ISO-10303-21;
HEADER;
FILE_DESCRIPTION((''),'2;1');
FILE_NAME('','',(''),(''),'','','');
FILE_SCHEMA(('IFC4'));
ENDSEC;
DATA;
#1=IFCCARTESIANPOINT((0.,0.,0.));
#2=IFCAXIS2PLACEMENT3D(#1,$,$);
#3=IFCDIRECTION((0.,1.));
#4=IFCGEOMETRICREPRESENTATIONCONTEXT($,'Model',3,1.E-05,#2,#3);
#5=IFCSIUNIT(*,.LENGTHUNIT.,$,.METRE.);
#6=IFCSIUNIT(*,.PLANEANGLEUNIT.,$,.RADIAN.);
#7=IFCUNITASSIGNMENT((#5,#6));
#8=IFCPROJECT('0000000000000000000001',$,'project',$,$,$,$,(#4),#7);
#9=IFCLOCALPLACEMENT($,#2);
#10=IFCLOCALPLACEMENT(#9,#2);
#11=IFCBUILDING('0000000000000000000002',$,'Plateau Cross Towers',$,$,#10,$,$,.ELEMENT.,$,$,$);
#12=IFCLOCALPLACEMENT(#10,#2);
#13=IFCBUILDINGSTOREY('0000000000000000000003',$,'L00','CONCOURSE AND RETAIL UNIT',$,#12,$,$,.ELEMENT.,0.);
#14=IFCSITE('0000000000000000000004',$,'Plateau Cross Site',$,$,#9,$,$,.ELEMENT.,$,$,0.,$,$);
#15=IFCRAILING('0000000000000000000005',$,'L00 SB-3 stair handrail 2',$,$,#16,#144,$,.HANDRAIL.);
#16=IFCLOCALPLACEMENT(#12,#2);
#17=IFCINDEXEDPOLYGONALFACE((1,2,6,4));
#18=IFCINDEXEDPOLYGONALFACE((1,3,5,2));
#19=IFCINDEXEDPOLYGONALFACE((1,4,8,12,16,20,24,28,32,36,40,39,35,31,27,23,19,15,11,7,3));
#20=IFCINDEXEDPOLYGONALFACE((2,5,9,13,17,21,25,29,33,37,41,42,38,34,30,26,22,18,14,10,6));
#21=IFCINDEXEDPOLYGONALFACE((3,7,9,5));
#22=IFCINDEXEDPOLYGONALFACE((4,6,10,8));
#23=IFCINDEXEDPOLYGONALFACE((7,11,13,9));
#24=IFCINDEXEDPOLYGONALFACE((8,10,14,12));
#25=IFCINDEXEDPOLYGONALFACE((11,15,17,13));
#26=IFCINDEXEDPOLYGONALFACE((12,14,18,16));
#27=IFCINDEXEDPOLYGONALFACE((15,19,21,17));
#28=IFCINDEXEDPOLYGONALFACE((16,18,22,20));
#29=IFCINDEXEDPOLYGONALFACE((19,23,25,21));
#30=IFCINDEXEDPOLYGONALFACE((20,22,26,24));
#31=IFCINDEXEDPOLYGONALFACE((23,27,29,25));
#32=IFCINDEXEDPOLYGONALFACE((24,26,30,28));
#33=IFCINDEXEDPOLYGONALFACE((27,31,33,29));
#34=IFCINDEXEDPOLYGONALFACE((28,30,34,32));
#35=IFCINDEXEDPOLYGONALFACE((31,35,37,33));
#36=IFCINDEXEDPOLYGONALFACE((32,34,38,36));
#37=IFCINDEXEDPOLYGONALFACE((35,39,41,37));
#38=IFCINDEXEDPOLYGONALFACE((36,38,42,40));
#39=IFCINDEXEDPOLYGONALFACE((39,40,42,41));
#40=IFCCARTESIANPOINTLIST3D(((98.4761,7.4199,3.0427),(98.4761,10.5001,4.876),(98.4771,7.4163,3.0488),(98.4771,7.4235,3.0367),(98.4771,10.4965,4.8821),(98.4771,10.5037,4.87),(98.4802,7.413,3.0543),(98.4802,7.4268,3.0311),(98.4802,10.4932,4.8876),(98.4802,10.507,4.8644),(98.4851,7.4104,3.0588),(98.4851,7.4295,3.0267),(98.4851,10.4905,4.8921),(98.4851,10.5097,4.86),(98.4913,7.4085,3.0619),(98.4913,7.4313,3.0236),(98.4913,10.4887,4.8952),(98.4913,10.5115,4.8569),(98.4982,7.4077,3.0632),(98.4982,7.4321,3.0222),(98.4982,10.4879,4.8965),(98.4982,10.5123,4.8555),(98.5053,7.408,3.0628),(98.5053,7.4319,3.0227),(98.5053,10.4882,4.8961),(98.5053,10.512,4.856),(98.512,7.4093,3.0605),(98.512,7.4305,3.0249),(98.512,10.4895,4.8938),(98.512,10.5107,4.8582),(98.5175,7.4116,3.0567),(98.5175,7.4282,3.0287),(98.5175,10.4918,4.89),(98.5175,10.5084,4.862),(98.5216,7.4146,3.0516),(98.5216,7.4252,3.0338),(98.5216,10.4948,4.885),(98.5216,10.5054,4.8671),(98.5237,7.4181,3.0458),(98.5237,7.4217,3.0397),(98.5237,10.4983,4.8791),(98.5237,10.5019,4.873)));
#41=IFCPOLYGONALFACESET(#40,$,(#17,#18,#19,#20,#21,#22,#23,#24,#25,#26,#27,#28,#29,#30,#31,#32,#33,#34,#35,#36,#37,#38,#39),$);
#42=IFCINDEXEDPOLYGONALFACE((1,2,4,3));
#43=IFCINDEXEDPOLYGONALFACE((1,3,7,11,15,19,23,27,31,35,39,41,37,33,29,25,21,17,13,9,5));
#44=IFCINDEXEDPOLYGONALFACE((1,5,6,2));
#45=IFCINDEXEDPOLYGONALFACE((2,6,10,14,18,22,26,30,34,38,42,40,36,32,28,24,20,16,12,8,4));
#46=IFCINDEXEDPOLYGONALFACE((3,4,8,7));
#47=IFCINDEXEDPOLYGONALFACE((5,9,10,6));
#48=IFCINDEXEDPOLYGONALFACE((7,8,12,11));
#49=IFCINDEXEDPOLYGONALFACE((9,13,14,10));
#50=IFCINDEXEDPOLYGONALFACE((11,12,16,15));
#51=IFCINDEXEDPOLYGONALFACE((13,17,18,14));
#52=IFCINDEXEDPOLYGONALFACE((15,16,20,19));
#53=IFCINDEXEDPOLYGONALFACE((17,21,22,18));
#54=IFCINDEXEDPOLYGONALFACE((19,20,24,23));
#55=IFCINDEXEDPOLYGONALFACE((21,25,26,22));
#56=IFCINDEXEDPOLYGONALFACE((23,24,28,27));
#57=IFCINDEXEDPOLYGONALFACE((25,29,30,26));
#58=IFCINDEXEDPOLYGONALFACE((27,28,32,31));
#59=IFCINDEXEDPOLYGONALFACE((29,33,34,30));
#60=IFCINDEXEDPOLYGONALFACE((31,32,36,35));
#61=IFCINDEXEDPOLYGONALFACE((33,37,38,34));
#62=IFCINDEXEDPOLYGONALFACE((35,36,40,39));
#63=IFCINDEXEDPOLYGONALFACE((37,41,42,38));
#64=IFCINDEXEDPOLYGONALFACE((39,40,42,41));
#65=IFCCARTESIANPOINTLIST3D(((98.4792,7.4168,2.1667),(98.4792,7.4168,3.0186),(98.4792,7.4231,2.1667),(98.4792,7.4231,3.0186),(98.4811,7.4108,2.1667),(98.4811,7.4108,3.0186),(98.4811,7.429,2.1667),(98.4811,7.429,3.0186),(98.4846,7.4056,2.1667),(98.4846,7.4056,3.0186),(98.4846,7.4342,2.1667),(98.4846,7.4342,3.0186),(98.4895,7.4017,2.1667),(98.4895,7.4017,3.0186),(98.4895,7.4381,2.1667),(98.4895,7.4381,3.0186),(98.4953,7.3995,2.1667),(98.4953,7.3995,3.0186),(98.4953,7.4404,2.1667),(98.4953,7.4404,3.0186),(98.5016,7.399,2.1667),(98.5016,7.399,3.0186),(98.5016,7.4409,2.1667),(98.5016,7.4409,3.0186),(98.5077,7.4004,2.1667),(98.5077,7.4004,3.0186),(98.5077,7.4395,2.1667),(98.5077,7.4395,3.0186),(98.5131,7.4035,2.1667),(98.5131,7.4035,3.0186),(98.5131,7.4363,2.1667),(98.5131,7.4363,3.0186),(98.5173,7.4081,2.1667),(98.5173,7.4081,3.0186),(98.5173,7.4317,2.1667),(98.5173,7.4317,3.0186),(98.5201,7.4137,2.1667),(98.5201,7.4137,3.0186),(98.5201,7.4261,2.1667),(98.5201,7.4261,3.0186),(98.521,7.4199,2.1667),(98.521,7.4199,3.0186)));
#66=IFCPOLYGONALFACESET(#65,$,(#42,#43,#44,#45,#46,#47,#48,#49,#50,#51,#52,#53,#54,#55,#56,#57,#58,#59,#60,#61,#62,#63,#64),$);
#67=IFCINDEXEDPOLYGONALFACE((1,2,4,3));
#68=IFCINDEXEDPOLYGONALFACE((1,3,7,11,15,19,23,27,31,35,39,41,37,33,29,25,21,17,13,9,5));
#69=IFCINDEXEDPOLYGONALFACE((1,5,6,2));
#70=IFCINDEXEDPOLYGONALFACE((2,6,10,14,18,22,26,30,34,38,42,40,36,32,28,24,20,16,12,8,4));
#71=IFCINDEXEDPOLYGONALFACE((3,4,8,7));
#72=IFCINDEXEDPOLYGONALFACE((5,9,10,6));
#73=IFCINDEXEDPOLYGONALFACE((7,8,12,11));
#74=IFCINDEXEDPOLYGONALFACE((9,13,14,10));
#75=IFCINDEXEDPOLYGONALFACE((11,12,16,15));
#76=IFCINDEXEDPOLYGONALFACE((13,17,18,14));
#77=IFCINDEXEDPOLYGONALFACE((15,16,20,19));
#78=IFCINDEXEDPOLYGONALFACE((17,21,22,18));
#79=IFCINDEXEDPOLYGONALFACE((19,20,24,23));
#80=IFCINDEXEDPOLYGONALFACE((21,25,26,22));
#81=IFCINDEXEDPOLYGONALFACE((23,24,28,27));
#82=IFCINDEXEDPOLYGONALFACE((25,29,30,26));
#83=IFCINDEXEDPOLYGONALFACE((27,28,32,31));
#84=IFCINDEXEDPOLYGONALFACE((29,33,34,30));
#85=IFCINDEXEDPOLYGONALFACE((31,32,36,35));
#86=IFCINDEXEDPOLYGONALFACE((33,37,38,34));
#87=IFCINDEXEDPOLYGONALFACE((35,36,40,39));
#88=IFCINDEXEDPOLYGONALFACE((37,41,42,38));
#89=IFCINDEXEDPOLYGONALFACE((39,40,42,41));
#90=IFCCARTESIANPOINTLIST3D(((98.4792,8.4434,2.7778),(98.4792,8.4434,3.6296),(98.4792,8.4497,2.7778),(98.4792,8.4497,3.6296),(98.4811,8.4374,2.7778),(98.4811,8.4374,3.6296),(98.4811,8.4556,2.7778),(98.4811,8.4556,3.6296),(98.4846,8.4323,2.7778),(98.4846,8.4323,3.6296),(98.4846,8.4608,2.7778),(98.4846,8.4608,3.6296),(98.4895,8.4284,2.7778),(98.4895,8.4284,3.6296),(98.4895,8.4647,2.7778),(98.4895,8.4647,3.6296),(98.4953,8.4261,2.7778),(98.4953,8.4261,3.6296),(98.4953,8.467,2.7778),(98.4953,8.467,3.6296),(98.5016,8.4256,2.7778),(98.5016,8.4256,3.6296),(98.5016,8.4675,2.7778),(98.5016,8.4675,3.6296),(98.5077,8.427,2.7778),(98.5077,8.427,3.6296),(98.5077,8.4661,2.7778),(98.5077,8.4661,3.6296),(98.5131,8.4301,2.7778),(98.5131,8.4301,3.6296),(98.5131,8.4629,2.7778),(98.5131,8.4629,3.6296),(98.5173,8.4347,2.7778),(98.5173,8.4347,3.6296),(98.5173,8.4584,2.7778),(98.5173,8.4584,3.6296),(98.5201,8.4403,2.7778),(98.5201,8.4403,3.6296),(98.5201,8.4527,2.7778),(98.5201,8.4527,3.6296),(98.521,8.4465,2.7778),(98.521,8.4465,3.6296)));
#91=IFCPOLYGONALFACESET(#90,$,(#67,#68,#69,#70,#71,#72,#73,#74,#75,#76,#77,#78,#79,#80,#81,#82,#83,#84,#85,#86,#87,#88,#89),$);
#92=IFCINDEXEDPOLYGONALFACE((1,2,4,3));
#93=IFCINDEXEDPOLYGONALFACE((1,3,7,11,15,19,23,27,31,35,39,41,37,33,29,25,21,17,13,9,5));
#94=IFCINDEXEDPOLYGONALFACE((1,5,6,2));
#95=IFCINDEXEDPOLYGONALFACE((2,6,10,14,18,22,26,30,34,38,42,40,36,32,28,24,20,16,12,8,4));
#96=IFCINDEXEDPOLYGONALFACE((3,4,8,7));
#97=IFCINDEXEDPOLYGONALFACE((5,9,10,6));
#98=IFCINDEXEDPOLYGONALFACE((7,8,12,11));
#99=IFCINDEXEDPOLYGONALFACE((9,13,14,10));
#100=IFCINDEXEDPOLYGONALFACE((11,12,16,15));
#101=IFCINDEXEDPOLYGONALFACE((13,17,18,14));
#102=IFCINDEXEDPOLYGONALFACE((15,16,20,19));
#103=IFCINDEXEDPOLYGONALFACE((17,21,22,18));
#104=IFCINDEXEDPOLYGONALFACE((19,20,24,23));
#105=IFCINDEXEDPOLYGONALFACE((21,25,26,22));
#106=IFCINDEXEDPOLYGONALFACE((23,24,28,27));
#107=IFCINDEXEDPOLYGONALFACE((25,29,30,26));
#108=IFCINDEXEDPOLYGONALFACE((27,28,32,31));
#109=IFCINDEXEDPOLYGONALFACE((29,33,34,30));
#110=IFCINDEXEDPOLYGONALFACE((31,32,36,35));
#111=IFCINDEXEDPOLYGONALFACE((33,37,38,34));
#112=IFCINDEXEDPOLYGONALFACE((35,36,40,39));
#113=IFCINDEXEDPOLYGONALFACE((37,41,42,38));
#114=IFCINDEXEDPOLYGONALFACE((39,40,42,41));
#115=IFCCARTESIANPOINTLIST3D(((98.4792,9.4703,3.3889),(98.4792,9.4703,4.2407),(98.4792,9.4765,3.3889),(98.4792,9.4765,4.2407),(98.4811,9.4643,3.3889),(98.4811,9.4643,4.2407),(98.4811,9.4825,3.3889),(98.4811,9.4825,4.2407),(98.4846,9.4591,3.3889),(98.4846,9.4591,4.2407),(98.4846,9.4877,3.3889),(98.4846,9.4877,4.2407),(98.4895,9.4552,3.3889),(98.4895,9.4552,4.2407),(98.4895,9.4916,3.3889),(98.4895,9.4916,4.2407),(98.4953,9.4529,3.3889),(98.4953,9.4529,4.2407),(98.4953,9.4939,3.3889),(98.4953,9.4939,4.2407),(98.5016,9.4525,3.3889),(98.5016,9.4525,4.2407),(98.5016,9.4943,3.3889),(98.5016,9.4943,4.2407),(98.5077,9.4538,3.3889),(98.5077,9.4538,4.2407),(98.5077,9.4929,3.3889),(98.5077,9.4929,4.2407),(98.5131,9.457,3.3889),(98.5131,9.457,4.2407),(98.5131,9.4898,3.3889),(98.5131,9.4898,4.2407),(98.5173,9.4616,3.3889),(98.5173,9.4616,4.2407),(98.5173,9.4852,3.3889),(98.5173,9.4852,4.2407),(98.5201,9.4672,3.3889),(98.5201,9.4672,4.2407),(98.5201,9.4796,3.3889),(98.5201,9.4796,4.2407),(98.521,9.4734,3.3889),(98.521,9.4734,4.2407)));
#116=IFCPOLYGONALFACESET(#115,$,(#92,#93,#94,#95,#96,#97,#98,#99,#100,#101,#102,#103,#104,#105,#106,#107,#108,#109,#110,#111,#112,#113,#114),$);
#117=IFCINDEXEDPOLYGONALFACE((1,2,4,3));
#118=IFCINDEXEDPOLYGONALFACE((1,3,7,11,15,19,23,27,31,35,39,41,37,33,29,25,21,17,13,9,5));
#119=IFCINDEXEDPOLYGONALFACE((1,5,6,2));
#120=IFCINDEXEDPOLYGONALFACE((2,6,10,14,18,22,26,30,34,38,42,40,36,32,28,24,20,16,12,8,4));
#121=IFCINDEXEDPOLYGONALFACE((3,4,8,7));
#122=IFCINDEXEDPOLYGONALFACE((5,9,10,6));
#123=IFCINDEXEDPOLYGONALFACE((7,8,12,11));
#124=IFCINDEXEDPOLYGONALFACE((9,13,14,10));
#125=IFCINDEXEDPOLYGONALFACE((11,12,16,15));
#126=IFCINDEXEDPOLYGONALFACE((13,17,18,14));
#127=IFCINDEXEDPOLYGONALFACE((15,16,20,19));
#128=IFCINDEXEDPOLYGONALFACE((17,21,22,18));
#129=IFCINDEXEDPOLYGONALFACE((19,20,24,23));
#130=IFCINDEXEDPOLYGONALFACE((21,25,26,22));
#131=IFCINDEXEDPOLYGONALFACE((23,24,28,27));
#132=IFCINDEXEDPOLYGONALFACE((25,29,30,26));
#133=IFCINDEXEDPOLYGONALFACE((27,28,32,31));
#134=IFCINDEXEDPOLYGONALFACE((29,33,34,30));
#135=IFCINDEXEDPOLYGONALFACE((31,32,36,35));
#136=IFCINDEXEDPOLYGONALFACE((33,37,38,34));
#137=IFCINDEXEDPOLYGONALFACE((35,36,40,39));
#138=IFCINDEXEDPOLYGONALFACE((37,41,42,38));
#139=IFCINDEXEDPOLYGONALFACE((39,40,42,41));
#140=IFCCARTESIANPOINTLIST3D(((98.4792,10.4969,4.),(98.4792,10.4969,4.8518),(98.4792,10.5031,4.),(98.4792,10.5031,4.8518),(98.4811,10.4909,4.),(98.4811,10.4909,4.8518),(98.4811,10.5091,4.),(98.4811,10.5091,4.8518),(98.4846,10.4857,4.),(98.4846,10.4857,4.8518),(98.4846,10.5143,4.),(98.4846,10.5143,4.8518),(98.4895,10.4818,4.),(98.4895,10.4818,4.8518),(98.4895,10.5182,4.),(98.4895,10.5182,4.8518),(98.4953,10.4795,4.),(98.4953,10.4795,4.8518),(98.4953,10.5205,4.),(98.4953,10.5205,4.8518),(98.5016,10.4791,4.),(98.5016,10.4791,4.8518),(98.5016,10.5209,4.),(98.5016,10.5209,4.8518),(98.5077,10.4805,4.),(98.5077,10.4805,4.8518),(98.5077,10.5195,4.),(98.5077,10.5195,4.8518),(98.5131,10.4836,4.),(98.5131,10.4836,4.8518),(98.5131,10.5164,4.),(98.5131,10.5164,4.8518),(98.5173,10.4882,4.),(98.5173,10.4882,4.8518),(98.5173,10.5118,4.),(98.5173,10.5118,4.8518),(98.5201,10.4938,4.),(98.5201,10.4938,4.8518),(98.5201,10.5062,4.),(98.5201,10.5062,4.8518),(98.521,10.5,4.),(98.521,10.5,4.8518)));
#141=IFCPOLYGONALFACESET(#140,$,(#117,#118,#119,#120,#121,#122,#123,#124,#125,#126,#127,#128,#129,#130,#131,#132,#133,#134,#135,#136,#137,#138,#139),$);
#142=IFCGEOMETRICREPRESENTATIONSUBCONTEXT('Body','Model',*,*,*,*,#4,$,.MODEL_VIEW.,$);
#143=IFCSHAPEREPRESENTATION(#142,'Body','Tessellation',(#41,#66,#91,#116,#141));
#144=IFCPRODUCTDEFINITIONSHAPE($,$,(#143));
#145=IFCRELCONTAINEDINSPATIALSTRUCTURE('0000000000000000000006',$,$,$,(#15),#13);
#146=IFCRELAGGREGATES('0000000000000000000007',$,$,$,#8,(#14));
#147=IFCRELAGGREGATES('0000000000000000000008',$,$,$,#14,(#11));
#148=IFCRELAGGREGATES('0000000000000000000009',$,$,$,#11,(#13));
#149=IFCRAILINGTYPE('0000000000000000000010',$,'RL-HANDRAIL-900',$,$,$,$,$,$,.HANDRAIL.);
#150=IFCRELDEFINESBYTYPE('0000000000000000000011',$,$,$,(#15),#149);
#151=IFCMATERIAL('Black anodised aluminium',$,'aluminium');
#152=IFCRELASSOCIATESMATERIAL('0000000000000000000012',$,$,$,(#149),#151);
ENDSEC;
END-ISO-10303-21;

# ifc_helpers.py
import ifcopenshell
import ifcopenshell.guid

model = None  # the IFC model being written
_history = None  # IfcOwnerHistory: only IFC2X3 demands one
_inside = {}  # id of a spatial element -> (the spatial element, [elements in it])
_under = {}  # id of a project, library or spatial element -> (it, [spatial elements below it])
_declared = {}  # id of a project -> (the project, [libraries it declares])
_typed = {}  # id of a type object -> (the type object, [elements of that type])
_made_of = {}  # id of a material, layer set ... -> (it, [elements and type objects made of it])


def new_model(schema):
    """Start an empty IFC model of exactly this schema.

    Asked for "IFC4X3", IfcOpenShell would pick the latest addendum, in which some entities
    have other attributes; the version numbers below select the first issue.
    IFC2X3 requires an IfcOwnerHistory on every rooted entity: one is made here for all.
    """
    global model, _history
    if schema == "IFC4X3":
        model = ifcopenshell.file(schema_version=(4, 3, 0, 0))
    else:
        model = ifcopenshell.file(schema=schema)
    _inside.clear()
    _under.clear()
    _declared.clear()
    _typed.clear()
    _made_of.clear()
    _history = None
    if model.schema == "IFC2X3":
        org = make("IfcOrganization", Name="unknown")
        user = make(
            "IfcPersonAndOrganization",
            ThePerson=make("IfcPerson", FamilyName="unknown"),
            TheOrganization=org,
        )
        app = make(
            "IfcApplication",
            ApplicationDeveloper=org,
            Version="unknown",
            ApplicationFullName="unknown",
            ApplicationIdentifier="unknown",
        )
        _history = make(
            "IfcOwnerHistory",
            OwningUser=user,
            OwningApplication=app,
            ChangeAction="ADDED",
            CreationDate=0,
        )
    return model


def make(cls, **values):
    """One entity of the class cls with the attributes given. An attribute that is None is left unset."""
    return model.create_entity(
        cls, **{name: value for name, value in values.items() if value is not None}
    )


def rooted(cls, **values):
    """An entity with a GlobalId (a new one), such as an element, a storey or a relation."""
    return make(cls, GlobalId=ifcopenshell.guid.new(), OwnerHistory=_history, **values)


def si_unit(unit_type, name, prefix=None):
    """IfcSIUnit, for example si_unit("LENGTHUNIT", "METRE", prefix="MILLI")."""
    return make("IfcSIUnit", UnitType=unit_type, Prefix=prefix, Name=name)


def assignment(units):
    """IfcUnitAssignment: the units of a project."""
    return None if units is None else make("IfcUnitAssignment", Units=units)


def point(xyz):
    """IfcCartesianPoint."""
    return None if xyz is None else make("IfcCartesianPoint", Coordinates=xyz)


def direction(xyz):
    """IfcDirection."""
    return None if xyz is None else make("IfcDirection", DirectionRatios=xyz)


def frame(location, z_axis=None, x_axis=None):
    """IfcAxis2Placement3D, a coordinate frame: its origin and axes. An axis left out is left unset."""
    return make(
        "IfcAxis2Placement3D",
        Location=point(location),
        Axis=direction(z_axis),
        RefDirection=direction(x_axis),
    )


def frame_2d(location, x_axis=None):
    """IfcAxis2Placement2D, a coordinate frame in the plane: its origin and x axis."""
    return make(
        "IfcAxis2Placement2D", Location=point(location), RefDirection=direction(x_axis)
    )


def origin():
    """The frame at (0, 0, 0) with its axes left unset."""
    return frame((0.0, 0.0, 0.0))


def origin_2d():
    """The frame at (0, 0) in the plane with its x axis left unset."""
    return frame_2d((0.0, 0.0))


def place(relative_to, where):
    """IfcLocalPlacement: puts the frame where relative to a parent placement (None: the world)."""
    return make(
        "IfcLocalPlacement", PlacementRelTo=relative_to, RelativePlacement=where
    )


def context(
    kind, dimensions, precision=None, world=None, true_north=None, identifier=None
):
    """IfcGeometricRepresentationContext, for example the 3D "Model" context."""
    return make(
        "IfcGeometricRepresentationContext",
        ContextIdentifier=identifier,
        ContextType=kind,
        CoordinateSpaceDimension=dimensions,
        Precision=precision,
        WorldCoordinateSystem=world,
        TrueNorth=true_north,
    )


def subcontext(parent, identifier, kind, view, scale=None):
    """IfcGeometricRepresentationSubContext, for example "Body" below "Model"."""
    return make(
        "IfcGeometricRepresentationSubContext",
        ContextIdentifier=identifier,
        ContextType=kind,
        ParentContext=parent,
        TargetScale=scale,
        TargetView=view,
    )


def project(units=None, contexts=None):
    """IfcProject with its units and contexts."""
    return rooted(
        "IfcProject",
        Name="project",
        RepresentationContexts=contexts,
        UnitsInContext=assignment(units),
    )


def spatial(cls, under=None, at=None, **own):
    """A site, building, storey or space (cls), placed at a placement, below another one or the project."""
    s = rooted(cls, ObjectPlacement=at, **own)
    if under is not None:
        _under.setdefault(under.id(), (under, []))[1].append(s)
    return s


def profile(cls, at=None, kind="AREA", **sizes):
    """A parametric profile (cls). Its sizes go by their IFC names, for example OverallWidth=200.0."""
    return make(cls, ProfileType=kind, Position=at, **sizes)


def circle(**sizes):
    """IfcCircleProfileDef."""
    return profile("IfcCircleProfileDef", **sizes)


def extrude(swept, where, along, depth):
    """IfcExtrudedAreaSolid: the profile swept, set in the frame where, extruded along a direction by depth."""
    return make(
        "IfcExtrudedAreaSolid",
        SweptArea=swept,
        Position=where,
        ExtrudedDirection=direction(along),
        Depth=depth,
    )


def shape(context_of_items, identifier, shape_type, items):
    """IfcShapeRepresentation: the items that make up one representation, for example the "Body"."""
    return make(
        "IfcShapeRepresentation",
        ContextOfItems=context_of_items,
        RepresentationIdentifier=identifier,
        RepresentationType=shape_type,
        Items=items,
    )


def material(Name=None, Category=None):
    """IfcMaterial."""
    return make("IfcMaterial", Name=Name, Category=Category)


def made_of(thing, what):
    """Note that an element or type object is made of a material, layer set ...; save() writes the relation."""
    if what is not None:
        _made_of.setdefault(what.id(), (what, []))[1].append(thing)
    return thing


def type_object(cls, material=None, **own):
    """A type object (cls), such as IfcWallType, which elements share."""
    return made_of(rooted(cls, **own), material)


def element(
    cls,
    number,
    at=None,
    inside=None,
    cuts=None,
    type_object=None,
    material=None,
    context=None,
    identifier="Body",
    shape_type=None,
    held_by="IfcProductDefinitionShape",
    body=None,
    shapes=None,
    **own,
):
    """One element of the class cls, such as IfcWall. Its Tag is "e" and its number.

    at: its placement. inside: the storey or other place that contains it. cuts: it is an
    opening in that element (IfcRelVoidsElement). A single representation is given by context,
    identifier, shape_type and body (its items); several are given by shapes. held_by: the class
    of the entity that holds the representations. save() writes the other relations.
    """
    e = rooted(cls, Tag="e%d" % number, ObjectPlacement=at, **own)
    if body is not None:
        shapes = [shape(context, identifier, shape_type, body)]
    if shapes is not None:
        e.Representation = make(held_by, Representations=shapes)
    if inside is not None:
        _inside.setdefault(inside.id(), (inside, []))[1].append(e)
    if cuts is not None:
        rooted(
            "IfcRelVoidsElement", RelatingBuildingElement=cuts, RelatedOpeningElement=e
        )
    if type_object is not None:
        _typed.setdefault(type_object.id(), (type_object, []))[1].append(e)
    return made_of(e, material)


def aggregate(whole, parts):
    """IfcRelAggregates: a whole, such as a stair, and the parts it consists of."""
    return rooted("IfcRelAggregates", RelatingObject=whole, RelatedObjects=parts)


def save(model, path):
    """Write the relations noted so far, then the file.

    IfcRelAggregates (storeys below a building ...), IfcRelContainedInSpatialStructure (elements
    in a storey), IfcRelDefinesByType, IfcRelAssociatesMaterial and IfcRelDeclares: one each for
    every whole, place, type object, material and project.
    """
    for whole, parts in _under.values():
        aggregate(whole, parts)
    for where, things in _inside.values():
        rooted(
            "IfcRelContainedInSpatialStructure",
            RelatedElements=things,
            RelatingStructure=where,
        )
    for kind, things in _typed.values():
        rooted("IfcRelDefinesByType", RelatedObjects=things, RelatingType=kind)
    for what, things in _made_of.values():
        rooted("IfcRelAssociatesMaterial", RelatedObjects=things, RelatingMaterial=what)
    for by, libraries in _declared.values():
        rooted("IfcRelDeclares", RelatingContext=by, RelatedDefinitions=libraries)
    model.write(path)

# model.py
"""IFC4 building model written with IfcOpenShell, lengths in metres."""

from ifc_helpers import new_model, si_unit, direction, frame, origin, origin_2d, place, context, subcontext, project, spatial, circle, extrude, material, type_object, element, save


model = new_model("IFC4")

# Units and contexts
model_context = context("Model", 3, precision=1e-05, world=origin(), true_north=direction((0.0, 1.0)))
body_context = subcontext(model_context, "Body", "Model", "MODEL_VIEW")
ifc_project = project(units=[si_unit("LENGTHUNIT", "METRE"), si_unit("PLANEANGLEUNIT", "RADIAN")], contexts=[model_context])

# Site, building, storey
site_placement = place(None, origin())
site = spatial("IfcSite", under=ifc_project, at=site_placement, Name="Plateau Cross Site", CompositionType="ELEMENT", RefElevation=0.0)
building_placement = place(site_placement, origin())
building = spatial("IfcBuilding", under=site, at=building_placement, Name="Plateau Cross Towers", CompositionType="ELEMENT")
storey_placement = place(building_placement, origin())
storey = spatial("IfcBuildingStorey", under=building, at=storey_placement, Name="L00", Description="CONCOURSE AND RETAIL UNIT", CompositionType="ELEMENT", Elevation=0.0)

# Shared definitions
ifc_material_1 = material(Name="Black anodised aluminium", Category="aluminium")

# Railing
railing_type_1 = type_object("IfcRailingType", Name="RL-HANDRAIL-900", PredefinedType="HANDRAIL", material=ifc_material_1)
for number, where, name in (
    (1, (98.5, 7.4199, 2.1667), "L00 SB-3 stair handrail 2"),
):
    element("IfcRailing", number, at=place(storey_placement, frame(where)), inside=storey, type_object=railing_type_1, Name=name, PredefinedType="HANDRAIL", context=body_context, shape_type="SweptSolid", body=[
        extrude(circle(Radius=0.0239, at=origin_2d()), frame((0.0, 0.0, 0.876), z_axis=(0.0, 0.859309, 0.511458), x_axis=(-1.0, 0.0, 0.0)), (0.0, 0.0, 1.0), 3.5845),
        extrude(circle(Radius=0.021, at=origin_2d()), origin(), (0.0, 0.0, 1.0), 0.8518),
        extrude(circle(Radius=0.021, at=origin_2d()), frame((0.0, 1.0266, 0.6111)), (0.0, 0.0, 1.0), 0.8518),
        extrude(circle(Radius=0.021, at=origin_2d()), frame((0.0, 2.0535, 1.2222)), (0.0, 0.0, 1.0), 0.8518),
        extrude(circle(Radius=0.021, at=origin_2d()), frame((0.0, 3.0801, 1.8333)), (0.0, 0.0, 1.0), 0.8518),
    ])

save(model, "model.ifc")
